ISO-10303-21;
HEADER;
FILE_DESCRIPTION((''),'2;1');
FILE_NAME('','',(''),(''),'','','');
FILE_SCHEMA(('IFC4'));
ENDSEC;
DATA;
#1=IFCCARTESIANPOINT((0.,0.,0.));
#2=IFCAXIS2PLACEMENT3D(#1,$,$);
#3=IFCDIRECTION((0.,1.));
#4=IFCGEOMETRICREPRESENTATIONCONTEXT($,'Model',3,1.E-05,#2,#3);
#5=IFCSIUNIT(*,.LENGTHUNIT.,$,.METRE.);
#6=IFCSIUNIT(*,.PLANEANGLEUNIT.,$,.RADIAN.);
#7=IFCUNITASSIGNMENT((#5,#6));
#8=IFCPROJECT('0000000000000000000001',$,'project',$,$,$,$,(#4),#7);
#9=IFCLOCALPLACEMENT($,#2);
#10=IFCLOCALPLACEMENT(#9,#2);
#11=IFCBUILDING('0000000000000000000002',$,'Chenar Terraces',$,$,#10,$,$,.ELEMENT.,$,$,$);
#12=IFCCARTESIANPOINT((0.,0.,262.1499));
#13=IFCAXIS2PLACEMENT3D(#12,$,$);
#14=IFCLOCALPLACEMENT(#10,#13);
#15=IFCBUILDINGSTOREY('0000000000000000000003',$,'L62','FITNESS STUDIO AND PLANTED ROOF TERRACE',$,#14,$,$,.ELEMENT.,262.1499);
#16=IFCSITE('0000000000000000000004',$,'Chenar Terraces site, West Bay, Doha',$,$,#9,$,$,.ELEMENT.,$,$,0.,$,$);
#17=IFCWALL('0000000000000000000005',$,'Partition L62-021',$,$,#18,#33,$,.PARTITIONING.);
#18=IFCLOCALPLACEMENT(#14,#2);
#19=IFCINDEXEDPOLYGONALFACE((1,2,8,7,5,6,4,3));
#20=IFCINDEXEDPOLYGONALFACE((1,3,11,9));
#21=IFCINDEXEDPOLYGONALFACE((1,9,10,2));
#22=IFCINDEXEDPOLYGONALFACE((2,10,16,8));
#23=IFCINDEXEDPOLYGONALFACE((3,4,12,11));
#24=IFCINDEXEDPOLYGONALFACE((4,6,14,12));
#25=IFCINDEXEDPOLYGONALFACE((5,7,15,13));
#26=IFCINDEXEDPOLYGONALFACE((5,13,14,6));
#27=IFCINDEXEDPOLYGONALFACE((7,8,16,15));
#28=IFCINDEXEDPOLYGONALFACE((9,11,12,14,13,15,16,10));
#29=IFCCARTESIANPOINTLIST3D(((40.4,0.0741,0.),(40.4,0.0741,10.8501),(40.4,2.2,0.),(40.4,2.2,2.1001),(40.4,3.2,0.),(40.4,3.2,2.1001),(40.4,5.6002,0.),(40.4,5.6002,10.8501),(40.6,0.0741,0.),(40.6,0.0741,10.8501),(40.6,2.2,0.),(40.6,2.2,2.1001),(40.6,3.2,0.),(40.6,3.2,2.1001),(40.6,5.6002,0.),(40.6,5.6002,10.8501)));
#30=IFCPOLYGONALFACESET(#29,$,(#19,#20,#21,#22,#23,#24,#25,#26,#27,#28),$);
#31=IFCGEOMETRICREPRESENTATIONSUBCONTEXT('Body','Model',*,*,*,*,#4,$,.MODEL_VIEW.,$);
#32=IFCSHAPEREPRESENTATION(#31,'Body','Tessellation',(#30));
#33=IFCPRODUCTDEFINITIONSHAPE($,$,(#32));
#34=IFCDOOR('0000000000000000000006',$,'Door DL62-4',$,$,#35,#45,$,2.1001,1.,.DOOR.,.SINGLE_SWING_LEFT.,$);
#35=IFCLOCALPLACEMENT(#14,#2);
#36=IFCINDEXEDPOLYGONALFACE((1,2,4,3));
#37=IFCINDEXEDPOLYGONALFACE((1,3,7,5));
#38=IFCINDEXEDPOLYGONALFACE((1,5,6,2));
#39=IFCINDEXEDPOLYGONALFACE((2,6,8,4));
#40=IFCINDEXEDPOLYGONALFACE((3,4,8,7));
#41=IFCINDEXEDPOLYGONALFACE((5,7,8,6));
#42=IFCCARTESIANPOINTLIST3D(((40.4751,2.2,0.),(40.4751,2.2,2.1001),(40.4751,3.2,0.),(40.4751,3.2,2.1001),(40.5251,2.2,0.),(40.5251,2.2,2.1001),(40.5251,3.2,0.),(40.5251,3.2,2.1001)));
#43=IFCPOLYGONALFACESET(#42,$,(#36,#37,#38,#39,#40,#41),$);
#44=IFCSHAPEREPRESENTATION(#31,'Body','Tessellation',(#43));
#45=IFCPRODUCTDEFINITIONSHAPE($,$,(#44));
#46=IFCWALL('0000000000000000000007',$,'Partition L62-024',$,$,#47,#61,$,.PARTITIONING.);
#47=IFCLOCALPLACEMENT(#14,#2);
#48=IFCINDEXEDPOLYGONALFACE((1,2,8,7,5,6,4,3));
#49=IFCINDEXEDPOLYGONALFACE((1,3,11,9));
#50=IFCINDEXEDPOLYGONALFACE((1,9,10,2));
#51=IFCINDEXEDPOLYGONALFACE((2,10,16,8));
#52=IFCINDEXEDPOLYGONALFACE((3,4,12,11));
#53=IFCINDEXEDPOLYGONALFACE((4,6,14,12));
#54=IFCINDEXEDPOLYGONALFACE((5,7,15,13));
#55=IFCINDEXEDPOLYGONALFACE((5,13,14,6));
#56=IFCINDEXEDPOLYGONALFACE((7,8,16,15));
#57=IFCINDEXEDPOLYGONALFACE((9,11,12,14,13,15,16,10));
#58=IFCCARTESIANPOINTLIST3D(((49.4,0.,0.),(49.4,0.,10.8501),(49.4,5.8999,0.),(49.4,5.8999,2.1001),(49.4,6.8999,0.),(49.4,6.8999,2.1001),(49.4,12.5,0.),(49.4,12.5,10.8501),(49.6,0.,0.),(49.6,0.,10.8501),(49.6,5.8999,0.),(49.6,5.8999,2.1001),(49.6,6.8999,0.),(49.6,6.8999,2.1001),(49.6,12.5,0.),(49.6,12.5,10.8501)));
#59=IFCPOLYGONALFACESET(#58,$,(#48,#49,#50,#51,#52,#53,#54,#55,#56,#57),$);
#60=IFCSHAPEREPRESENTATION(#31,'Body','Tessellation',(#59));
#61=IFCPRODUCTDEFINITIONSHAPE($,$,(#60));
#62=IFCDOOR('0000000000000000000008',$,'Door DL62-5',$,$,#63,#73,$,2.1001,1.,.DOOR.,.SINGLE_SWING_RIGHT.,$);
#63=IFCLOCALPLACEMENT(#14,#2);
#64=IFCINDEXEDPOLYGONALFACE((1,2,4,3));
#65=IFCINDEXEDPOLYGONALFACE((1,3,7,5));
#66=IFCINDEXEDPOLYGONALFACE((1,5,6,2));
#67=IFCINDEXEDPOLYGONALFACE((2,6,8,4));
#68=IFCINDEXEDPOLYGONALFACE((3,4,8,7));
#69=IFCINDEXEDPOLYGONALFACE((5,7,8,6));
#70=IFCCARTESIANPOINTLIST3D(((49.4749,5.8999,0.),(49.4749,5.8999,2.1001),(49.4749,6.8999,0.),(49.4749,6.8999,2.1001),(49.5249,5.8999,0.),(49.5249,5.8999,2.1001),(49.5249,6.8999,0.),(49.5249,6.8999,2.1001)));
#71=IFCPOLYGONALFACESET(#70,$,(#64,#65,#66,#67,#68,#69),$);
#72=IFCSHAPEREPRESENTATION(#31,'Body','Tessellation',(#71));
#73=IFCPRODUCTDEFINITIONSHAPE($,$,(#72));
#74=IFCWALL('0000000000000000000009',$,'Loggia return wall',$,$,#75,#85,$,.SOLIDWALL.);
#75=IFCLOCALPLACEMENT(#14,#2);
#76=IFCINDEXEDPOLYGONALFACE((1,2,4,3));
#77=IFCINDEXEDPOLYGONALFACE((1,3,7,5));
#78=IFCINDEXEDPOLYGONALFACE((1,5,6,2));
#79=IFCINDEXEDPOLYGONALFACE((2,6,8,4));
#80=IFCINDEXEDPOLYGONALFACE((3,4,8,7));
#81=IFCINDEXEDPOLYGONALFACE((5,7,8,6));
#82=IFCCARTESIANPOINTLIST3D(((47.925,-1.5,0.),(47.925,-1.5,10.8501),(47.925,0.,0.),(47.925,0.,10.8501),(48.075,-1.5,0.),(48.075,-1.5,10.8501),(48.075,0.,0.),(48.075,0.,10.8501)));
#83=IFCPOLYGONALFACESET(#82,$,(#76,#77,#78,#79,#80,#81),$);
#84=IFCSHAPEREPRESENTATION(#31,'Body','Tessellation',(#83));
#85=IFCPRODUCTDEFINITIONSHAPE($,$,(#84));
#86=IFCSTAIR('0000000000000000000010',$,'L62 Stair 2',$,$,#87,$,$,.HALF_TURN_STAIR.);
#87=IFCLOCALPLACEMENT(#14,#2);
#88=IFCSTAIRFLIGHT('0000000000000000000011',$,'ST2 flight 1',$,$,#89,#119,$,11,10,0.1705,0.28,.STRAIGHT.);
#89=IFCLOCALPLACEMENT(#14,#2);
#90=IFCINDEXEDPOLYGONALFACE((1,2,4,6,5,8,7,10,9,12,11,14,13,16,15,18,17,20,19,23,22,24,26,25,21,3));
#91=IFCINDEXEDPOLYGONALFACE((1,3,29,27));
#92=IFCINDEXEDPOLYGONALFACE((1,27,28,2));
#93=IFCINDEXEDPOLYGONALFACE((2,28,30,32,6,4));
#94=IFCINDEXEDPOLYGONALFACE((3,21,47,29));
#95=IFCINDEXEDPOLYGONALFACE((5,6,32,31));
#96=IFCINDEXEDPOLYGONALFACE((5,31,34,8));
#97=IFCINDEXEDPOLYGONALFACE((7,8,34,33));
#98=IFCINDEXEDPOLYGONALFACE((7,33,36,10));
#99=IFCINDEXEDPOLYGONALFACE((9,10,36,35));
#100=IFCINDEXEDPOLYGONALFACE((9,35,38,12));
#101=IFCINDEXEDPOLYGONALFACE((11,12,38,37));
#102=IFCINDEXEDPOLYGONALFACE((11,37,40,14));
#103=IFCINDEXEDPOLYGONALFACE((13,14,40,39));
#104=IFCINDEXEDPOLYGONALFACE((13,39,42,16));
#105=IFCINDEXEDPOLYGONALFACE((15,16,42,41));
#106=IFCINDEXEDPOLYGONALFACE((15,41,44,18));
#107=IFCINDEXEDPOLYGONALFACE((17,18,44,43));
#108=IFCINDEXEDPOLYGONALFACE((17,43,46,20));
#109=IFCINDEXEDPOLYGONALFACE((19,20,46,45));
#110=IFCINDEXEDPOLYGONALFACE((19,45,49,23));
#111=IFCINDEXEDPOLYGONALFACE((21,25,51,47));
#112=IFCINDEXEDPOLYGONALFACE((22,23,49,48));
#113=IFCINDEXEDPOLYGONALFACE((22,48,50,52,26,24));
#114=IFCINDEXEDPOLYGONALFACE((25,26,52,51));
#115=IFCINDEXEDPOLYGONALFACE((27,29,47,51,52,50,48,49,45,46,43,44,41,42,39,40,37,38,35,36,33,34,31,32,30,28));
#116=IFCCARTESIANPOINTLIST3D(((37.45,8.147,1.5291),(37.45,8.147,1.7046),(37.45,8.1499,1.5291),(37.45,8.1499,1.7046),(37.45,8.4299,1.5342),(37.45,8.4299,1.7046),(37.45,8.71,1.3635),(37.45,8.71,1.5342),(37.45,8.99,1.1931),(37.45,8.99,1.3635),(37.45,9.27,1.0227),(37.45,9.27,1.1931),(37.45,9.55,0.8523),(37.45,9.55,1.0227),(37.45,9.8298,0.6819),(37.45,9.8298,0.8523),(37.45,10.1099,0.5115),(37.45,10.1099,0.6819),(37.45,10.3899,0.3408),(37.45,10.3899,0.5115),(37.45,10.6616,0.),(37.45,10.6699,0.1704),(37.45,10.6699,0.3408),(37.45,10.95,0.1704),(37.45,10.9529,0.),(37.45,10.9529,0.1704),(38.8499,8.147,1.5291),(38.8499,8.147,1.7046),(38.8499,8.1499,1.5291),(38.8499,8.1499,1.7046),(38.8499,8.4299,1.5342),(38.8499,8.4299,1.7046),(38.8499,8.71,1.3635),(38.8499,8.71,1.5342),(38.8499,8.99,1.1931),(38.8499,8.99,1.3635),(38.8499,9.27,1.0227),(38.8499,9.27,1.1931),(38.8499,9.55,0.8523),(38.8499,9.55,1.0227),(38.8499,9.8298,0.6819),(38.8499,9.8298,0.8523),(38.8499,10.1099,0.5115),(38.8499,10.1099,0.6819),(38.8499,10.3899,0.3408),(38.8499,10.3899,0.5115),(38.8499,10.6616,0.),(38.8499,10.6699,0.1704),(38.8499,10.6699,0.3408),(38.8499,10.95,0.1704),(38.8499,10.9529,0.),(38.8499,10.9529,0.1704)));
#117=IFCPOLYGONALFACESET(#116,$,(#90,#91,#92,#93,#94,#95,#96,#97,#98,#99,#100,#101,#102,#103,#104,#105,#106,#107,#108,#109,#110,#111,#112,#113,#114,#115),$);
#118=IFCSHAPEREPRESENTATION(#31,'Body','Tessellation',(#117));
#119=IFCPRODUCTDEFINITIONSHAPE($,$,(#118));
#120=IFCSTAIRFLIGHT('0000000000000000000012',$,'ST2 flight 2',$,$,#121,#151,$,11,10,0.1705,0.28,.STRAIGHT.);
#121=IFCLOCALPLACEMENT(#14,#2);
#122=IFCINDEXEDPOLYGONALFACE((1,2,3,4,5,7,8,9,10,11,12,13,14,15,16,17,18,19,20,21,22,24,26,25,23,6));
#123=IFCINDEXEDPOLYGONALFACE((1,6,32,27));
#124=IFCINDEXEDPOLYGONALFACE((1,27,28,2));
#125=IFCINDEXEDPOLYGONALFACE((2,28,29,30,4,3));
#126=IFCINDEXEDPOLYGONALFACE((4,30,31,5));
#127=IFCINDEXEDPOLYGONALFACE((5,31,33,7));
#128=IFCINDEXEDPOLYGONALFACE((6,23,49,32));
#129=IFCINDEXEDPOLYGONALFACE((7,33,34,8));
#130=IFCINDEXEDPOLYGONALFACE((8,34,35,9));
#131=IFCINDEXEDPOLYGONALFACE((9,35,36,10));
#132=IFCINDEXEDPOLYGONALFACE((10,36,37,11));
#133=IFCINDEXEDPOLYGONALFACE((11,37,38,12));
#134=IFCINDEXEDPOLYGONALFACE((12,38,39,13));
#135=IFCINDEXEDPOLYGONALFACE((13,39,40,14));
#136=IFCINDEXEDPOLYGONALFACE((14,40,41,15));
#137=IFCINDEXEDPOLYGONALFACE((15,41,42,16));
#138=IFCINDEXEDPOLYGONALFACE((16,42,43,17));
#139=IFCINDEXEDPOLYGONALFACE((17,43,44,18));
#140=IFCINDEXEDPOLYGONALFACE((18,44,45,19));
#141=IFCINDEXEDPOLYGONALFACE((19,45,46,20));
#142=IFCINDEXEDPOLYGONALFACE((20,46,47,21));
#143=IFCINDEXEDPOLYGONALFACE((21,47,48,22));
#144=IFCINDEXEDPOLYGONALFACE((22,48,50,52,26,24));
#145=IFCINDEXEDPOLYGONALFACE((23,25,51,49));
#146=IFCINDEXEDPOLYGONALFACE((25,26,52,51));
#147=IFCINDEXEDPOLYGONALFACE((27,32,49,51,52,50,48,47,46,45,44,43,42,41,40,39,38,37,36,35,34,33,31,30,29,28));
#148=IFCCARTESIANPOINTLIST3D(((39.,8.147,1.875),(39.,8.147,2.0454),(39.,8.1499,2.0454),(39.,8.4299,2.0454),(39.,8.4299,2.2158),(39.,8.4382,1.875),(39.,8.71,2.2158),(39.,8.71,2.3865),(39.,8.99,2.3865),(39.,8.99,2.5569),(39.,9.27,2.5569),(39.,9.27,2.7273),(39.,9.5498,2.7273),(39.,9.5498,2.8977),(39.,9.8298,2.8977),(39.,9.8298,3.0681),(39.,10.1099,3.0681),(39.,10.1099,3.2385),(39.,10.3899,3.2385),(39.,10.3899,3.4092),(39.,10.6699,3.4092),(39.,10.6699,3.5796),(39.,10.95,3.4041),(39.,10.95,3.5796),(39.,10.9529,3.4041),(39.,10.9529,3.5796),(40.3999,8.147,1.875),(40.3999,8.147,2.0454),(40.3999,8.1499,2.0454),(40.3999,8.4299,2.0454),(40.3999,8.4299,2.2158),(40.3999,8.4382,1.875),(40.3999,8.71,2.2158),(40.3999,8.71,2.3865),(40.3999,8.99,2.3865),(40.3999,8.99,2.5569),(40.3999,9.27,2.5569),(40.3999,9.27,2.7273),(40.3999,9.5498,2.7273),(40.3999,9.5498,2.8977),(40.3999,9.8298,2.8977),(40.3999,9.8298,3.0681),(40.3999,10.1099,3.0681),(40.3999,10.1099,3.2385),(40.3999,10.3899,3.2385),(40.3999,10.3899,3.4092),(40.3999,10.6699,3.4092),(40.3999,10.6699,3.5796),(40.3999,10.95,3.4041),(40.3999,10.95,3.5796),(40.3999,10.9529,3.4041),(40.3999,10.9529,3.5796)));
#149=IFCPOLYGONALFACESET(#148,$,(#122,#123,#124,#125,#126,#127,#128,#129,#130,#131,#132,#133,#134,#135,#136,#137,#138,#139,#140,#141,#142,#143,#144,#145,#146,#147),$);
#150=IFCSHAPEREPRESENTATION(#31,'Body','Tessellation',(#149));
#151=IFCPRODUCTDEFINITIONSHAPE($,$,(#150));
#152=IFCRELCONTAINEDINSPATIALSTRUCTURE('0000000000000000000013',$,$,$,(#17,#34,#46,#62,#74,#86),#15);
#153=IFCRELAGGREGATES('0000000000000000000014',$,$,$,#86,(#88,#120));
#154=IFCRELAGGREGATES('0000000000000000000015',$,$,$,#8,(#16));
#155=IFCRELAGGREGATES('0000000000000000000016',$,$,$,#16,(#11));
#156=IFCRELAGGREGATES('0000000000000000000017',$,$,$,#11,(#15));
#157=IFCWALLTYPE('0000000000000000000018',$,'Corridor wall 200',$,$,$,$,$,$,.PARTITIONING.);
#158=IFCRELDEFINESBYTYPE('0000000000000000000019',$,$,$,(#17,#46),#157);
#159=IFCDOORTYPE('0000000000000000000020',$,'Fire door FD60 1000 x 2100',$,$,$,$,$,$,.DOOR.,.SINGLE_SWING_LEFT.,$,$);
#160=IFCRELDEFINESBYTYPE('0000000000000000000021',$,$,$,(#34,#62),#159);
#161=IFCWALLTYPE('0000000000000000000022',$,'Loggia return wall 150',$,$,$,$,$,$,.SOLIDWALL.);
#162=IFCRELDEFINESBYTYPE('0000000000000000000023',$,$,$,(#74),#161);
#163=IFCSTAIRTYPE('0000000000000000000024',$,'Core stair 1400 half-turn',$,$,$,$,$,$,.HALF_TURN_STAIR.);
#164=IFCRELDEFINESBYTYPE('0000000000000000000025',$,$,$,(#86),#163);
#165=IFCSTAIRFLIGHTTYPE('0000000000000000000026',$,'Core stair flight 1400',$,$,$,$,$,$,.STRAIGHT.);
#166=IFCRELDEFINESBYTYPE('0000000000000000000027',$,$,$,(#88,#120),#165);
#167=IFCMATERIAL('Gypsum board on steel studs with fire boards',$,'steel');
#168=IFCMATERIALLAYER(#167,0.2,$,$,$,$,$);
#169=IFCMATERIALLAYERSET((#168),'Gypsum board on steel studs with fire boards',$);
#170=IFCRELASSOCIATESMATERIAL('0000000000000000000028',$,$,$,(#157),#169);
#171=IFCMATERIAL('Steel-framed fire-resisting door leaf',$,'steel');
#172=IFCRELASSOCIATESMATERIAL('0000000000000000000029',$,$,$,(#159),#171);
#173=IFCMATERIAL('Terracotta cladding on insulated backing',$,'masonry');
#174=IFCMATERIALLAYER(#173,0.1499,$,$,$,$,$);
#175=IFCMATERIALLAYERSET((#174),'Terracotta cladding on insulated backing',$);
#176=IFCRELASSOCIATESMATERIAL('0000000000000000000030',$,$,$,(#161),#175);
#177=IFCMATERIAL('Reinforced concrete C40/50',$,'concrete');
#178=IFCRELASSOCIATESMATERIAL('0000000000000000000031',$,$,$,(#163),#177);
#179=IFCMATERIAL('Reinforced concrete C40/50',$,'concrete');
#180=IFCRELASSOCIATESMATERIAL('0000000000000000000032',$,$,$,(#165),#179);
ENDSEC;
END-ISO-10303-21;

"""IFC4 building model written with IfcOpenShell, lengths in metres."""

from ifc_helpers import new_model, si_unit, direction, frame, frame_2d, origin, place, context, subcontext, project, spatial, polyline, rectangle, outline, extrude, material, layer, layer_set, type_object, element, fill, aggregate, save


model = new_model("IFC4")

# Units and contexts
model_context = context("Model", 3, precision=1e-05, world=origin(), true_north=direction((0.0, 1.0)))
body_context = subcontext(model_context, "Body", "Model", "MODEL_VIEW")
ifc_project = project(units=[si_unit("LENGTHUNIT", "METRE"), si_unit("PLANEANGLEUNIT", "RADIAN")], contexts=[model_context])

# Site, building, storey
site_placement = place(None, origin())
site = spatial("IfcSite", under=ifc_project, at=site_placement, Name="Chenar Terraces site, West Bay, Doha", CompositionType="ELEMENT", RefElevation=0.0)
building_placement = place(site_placement, origin())
building = spatial("IfcBuilding", under=site, at=building_placement, Name="Chenar Terraces", CompositionType="ELEMENT")
storey_placement = place(building_placement, frame((0.0, 0.0, 262.1499)))
storey = spatial("IfcBuildingStorey", under=building, at=storey_placement, Name="L62", Description="FITNESS STUDIO AND PLANTED ROOF TERRACE", CompositionType="ELEMENT", Elevation=262.1499)

# Shared definitions
placement = place(storey_placement, origin())

# Walls, openings, doors
ifc_material_1 = material(Name="Gypsum board on steel studs with fire boards", Category="steel")
ifc_layer_1 = layer(ifc_material_1, 0.2)
ifc_layer_set_1 = layer_set([ifc_layer_1], Name="Gypsum board on steel studs with fire boards")
wall_type_1 = type_object("IfcWallType", Name="Corridor wall 200", PredefinedType="PARTITIONING", material=ifc_layer_set_1)
wall_1_placement = place(storey_placement, frame((40.5, 0.074, 0.0), z_axis=(0.0, 0.0, 1.0), x_axis=(0.0, 1.0, 0.0)))
wall_1 = element("IfcWall", 1, at=wall_1_placement, inside=storey, type_object=wall_type_1, Name="Partition L62-021", PredefinedType="PARTITIONING", context=body_context, shape_type="SweptSolid", body=[
    extrude(rectangle(XDim=5.5261, YDim=0.2, at=frame_2d((2.7632, 0.0))), origin(), (0.0, 0.0, 1.0), 10.8501),
])
opening_1_placement = place(wall_1_placement, frame((2.126, 0.0, 0.0)))
opening_1 = element("IfcOpeningElement", 2, at=opening_1_placement, cuts=wall_1, PredefinedType="OPENING", context=body_context, shape_type="SweptSolid", body=[
    extrude(rectangle(XDim=1.0, YDim=2.1001, at=frame_2d((0.5, 1.05))), frame((0.0, 0.1099, 0.0), z_axis=(0.0, -1.0, 0.0), x_axis=(1.0, 0.0, 0.0)), (0.0, 0.0, 1.0), 0.22),
])
ifc_material_2 = material(Name="Steel-framed fire-resisting door leaf", Category="steel")
door_type = type_object("IfcDoorType", Name="Fire door FD60 1000 x 2100", OperationType="SINGLE_SWING_LEFT", PredefinedType="DOOR", material=ifc_material_2)
door_1_placement = place(opening_1_placement, origin())
door_1 = element("IfcDoor", 3, at=door_1_placement, inside=storey, type_object=door_type, Name="Door DL62-4", OperationType="SINGLE_SWING_LEFT", OverallHeight=2.1001, OverallWidth=1.0, PredefinedType="DOOR", context=body_context, shape_type="SweptSolid", body=[
    extrude(rectangle(XDim=1.0, YDim=2.1001, at=frame_2d((0.5, 1.05))), frame((0.0, 0.0249, 0.0), z_axis=(0.0, -1.0, 0.0), x_axis=(1.0, 0.0, 0.0)), (0.0, 0.0, 1.0), 0.05),
])
fill(opening_1, door_1)
wall_2_placement = place(storey_placement, frame((49.5, 0.0, 0.0), z_axis=(0.0, 0.0, 1.0), x_axis=(0.0, 1.0, 0.0)))
wall_2 = element("IfcWall", 4, at=wall_2_placement, inside=storey, type_object=wall_type_1, Name="Partition L62-024", PredefinedType="PARTITIONING", context=body_context, shape_type="SweptSolid", body=[
    extrude(rectangle(XDim=12.5, YDim=0.2, at=frame_2d((6.25, 0.0))), origin(), (0.0, 0.0, 1.0), 10.8501),
])
opening_2_placement = place(wall_2_placement, frame((5.8999, 0.0, 0.0)))
opening_2 = element("IfcOpeningElement", 5, at=opening_2_placement, cuts=wall_2, PredefinedType="OPENING", context=body_context, shape_type="SweptSolid", body=[
    extrude(rectangle(XDim=1.0, YDim=2.1001, at=frame_2d((0.5, 1.05))), frame((0.0, 0.1099, 0.0), z_axis=(0.0, -1.0, 0.0), x_axis=(1.0, 0.0, 0.0)), (0.0, 0.0, 1.0), 0.22),
])
door_2_placement = place(opening_2_placement, frame((1.0, 0.0, 0.0), z_axis=(0.0, 0.0, 1.0), x_axis=(-1.0, 0.0, 0.0)))
door_2 = element("IfcDoor", 6, at=door_2_placement, inside=storey, type_object=door_type, Name="Door DL62-5", OperationType="SINGLE_SWING_RIGHT", OverallHeight=2.1001, OverallWidth=1.0, PredefinedType="DOOR", context=body_context, shape_type="SweptSolid", body=[
    extrude(rectangle(XDim=1.0, YDim=2.1001, at=frame_2d((0.5, 1.05))), frame((0.0, 0.0249, 0.0), z_axis=(0.0, -1.0, 0.0), x_axis=(1.0, 0.0, 0.0)), (0.0, 0.0, 1.0), 0.05),
])
fill(opening_2, door_2)

# Wall
ifc_material_3 = material(Name="Terracotta cladding on insulated backing", Category="masonry")
ifc_layer_2 = layer(ifc_material_3, 0.1499)
ifc_layer_set_2 = layer_set([ifc_layer_2], Name="Terracotta cladding on insulated backing")
wall_type_2 = type_object("IfcWallType", Name="Loggia return wall 150", PredefinedType="SOLIDWALL", material=ifc_layer_set_2)
wall_3_placement = place(storey_placement, frame((48.0, -1.5, 0.0), z_axis=(0.0, 0.0, 1.0), x_axis=(0.0, 1.0, 0.0)))
element("IfcWall", 7, at=wall_3_placement, inside=storey, type_object=wall_type_2, Name="Loggia return wall", PredefinedType="SOLIDWALL", context=body_context, shape_type="SweptSolid", body=[
    extrude(rectangle(XDim=1.5, YDim=0.1499, at=frame_2d((0.75, 0.0))), origin(), (0.0, 0.0, 1.0), 10.8501),
])

# Stair, stair flights
ifc_material_4 = material(Name="Reinforced concrete C40/50", Category="concrete")
stair_type = type_object("IfcStairType", Name="Core stair 1400 half-turn", PredefinedType="HALF_TURN_STAIR", material=ifc_material_4)
stair = element("IfcStair", 8, at=placement, inside=storey, type_object=stair_type, Name="L62 Stair 2", PredefinedType="HALF_TURN_STAIR")
ifc_material_5 = material(Name="Reinforced concrete C40/50", Category="concrete")
stair_flight_type = type_object("IfcStairFlightType", Name="Core stair flight 1400", PredefinedType="STRAIGHT", material=ifc_material_5)
stair_flight_1_placement = place(storey_placement, frame((38.1499, 10.95, 0.0), z_axis=(0.0, 0.0, 1.0), x_axis=(0.0, -1.0, 0.0)))
stair_flight_1 = element("IfcStairFlight", 9, at=stair_flight_1_placement, type_object=stair_flight_type, Name="ST2 flight 1", NumberOfRisers=11, NumberOfTreads=10, PredefinedType="STRAIGHT", RiserHeight=0.1705, TreadLength=0.28, context=body_context, shape_type="SweptSolid", body=[
    extrude(outline(polyline([(-0.0029, 0.0), (-0.0029, 0.1704), (0.0, 0.1704), (0.28, 0.1704), (0.28, 0.3408), (0.5601, 0.3408), (0.5601, 0.5115), (0.8401, 0.5115), (0.8401, 0.6819), (1.1201, 0.6819), (1.1201, 0.8523), (1.3999, 0.8523), (1.3999, 1.0227), (1.6799, 1.0227), (1.6799, 1.1931), (1.96, 1.1931), (1.96, 1.3635), (2.24, 1.3635), (2.24, 1.5342), (2.52, 1.5342), (2.52, 1.7046), (2.8, 1.7046), (2.803, 1.7046), (2.803, 1.5291), (2.8, 1.5291), (0.2883, 0.0), (-0.0029, 0.0)])), frame((0.0, 0.7, 0.0), z_axis=(0.0, -1.0, 0.0), x_axis=(1.0, 0.0, 0.0)), (0.0, 0.0, 1.0), 1.3999),
])
stair_flight_2_placement = place(storey_placement, frame((39.7, 8.1499, 1.875), z_axis=(0.0, 0.0, 1.0), x_axis=(0.0, 1.0, 0.0)))
stair_flight_2 = element("IfcStairFlight", 10, at=stair_flight_2_placement, type_object=stair_flight_type, Name="ST2 flight 2", NumberOfRisers=11, NumberOfTreads=10, PredefinedType="STRAIGHT", RiserHeight=0.1705, TreadLength=0.28, context=body_context, shape_type="SweptSolid", body=[
    extrude(outline(polyline([(-0.0029, 0.0), (-0.0029, 0.1704), (0.0, 0.1704), (0.28, 0.1704), (0.28, 0.3408), (0.5601, 0.3408), (0.5601, 0.5115), (0.8401, 0.5115), (0.8401, 0.6819), (1.1201, 0.6819), (1.1201, 0.8523), (1.3999, 0.8523), (1.3999, 1.0227), (1.6799, 1.0227), (1.6799, 1.1931), (1.96, 1.1931), (1.96, 1.3635), (2.24, 1.3635), (2.24, 1.5342), (2.52, 1.5342), (2.52, 1.7046), (2.8, 1.7046), (2.803, 1.7046), (2.803, 1.5291), (2.8, 1.5291), (0.2883, 0.0), (-0.0029, 0.0)])), frame((0.0, 0.7, 0.0), z_axis=(0.0, -1.0, 0.0), x_axis=(1.0, 0.0, 0.0)), (0.0, 0.0, 1.0), 1.3999),
])
aggregate(stair, [stair_flight_1, stair_flight_2])

save(model, "model.ifc")
